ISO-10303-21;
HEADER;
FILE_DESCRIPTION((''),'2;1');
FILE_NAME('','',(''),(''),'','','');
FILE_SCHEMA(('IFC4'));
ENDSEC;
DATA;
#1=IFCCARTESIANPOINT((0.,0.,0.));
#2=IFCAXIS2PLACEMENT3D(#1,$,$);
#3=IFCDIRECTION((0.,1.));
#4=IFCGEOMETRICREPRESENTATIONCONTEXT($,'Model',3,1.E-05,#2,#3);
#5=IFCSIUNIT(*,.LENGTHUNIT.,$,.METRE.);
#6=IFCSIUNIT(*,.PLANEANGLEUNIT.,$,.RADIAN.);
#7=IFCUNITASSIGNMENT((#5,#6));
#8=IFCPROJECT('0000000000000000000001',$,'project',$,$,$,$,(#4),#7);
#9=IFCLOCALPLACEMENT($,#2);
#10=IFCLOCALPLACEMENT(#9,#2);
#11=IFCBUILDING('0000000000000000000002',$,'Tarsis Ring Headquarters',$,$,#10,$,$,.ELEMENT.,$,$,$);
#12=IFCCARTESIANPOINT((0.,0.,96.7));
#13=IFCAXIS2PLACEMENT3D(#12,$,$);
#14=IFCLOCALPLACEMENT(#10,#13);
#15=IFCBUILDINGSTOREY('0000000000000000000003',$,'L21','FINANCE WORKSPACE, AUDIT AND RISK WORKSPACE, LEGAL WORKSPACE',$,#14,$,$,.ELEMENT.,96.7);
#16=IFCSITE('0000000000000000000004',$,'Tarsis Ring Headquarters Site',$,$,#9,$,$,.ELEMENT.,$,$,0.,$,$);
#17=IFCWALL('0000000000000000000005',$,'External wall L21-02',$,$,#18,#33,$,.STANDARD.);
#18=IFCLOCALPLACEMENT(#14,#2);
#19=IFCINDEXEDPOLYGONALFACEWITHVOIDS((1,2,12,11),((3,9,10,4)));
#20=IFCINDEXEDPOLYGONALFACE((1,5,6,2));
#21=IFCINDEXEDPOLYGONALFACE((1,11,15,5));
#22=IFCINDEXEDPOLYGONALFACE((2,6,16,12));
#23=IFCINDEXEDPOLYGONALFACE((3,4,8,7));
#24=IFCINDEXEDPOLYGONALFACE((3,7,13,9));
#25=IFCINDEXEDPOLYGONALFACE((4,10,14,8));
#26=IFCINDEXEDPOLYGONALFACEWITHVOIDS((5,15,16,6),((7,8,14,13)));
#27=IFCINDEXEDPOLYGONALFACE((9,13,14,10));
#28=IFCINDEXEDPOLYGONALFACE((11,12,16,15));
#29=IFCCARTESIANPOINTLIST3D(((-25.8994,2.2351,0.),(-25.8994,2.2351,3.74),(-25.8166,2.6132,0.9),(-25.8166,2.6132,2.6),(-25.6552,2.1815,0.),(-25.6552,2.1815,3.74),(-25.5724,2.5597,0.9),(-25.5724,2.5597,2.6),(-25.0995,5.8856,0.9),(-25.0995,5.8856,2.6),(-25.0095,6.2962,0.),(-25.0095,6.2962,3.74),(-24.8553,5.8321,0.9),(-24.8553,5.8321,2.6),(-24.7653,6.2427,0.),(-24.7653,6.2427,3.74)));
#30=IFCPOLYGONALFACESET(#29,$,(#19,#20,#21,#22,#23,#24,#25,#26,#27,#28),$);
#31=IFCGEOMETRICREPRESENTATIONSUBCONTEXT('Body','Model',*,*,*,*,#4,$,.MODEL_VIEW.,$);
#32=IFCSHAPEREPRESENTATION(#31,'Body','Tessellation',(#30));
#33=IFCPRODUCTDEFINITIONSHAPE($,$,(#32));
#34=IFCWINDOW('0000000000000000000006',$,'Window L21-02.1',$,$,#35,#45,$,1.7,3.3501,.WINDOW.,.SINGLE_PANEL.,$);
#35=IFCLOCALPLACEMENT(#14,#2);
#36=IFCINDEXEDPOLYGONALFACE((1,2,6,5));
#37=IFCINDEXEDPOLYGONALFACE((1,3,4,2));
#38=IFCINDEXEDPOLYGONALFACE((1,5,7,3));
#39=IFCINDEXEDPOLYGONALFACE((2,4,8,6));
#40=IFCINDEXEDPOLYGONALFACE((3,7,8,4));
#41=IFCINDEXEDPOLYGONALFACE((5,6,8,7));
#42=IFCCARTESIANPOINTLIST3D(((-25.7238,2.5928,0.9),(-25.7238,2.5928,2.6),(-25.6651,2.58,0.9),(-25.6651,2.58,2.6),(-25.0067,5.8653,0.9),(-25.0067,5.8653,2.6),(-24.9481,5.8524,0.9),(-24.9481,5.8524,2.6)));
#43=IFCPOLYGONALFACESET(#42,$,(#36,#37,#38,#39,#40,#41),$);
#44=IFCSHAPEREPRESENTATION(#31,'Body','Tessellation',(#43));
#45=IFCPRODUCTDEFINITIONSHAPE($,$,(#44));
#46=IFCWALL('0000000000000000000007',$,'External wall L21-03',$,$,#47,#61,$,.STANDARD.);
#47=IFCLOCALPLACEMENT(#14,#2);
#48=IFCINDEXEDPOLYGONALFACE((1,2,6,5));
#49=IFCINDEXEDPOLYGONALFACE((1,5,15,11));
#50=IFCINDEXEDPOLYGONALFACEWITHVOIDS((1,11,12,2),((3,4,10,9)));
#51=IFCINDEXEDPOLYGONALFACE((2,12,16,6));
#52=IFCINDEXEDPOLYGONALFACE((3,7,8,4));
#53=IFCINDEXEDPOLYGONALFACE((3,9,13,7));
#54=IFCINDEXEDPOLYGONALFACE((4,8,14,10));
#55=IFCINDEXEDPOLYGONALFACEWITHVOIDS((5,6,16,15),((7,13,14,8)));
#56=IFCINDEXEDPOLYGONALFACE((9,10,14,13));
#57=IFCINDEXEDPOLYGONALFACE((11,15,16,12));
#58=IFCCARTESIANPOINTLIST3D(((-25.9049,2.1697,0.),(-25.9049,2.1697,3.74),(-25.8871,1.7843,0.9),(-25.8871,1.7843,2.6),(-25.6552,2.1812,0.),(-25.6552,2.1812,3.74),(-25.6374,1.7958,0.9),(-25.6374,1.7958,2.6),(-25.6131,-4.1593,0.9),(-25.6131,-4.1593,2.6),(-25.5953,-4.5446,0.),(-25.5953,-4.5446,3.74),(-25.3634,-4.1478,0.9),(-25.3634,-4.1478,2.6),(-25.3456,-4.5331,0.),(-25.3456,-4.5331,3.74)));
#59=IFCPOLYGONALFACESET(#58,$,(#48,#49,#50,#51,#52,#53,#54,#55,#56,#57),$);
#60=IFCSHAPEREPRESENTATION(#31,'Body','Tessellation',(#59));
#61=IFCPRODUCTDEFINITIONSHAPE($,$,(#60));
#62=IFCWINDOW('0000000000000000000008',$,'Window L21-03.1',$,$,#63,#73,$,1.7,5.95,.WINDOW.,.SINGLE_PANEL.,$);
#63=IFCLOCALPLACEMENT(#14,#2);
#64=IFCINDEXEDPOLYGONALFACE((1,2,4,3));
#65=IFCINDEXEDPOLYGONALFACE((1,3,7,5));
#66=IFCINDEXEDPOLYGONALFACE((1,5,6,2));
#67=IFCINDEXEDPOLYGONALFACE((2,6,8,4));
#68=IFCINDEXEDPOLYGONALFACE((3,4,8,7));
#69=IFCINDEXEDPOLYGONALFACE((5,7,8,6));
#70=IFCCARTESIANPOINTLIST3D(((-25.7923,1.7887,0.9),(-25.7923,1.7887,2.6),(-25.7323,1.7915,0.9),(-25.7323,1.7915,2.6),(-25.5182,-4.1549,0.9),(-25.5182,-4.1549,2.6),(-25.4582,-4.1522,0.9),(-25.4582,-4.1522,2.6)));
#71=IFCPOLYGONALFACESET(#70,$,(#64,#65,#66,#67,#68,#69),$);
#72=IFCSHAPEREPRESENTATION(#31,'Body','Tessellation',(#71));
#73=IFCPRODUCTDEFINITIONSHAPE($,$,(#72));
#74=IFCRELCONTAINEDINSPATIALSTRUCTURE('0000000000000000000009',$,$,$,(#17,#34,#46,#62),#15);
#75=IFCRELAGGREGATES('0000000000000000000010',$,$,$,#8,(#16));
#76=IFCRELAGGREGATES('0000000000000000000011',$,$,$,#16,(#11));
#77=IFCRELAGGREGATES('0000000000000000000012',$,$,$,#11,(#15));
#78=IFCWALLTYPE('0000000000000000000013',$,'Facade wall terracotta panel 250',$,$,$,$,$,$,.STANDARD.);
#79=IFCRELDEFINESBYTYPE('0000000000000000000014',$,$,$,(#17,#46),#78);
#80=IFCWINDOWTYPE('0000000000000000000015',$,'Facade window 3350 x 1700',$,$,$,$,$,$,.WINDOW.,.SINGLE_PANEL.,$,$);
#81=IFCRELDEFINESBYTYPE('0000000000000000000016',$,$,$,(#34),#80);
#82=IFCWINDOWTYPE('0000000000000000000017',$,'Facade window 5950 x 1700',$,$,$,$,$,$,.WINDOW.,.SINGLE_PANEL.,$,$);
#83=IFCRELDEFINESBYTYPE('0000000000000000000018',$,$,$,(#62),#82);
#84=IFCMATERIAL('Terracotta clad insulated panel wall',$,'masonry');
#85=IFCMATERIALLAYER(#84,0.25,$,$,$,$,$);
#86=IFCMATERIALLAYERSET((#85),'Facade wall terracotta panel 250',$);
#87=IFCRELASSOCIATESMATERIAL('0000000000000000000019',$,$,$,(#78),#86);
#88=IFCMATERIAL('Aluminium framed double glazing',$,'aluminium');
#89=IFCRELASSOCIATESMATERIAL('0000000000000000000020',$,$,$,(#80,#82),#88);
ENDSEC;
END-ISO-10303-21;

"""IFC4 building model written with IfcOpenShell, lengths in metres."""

from ifc_helpers import new_model, si_unit, direction, frame, frame_2d, origin, place, context, subcontext, project, spatial, rectangle, extrude, material, layer, layer_set, type_object, element, fill, save


model = new_model("IFC4")

# Units and contexts
model_context = context("Model", 3, precision=1e-05, world=origin(), true_north=direction((0.0, 1.0)))
body_context = subcontext(model_context, "Body", "Model", "MODEL_VIEW")
ifc_project = project(units=[si_unit("LENGTHUNIT", "METRE"), si_unit("PLANEANGLEUNIT", "RADIAN")], contexts=[model_context])

# Site, building, storey
site_placement = place(None, origin())
site = spatial("IfcSite", under=ifc_project, at=site_placement, Name="Tarsis Ring Headquarters Site", CompositionType="ELEMENT", RefElevation=0.0)
building_placement = place(site_placement, origin())
building = spatial("IfcBuilding", under=site, at=building_placement, Name="Tarsis Ring Headquarters", CompositionType="ELEMENT")
storey_placement = place(building_placement, frame((0.0, 0.0, 96.7)))
storey = spatial("IfcBuildingStorey", under=building, at=storey_placement, Name="L21", Description="FINANCE WORKSPACE, AUDIT AND RISK WORKSPACE, LEGAL WORKSPACE", CompositionType="ELEMENT", Elevation=96.7)

# Walls, openings, windows
ifc_material_1 = material(Name="Terracotta clad insulated panel wall", Category="masonry")
ifc_layer_1 = layer(ifc_material_1, 0.25)
ifc_layer_set_1 = layer_set([ifc_layer_1], Name="Facade wall terracotta panel 250")
wall_type_1 = type_object("IfcWallType", Name="Facade wall terracotta panel 250", PredefinedType="STANDARD", material=ifc_layer_set_1)
wall_1_placement = place(storey_placement, frame((-24.8875, 6.2693, 0.0), z_axis=(0.0, 0.0, 1.0), x_axis=(-0.214051, -0.976823, 0.0)))
wall_1 = element("IfcWall", 1, at=wall_1_placement, inside=storey, type_object=wall_type_1, Name="External wall L21-02", PredefinedType="STANDARD", context=body_context, shape_type="SweptSolid", body=[
    extrude(rectangle(XDim=4.1575, YDim=0.25, at=frame_2d((2.0786, 0.0))), origin(), (0.0, 0.0, 1.0), 3.74),
])
opening_1_placement = place(wall_1_placement, frame((0.4202, 0.0, 0.8999)))
opening_1 = element("IfcOpeningElement", 2, at=opening_1_placement, cuts=wall_1, PredefinedType="OPENING", context=body_context, shape_type="SweptSolid", body=[
    extrude(rectangle(XDim=3.3501, YDim=1.7, at=frame_2d((1.675, 0.8501))), frame((0.0, 0.135, 0.0), z_axis=(0.0, -1.0, 0.0), x_axis=(1.0, 0.0, 0.0)), (0.0, 0.0, 1.0), 0.27),
])
ifc_material_2 = material(Name="Aluminium framed double glazing", Category="aluminium")
window_type_1 = type_object("IfcWindowType", Name="Facade window 3350 x 1700", PartitioningType="SINGLE_PANEL", PredefinedType="WINDOW", material=ifc_material_2)
window_1_placement = place(opening_1_placement, origin())
window_1 = element("IfcWindow", 3, at=window_1_placement, inside=storey, type_object=window_type_1, Name="Window L21-02.1", OverallHeight=1.7, OverallWidth=3.3501, PartitioningType="SINGLE_PANEL", PredefinedType="WINDOW", context=body_context, shape_type="SweptSolid", body=[
    extrude(rectangle(XDim=3.3501, YDim=1.7, at=frame_2d((1.675, 0.8501))), frame((0.0, 0.03, 0.0), z_axis=(0.0, -1.0, 0.0), x_axis=(1.0, 0.0, 0.0)), (0.0, 0.0, 1.0), 0.0601),
])
fill(opening_1, window_1)
wall_2_placement = place(storey_placement, frame((-25.78, 2.1755, 0.0), z_axis=(0.0, 0.0, 1.0), x_axis=(0.046057, -0.998939, 0.0)))
wall_2 = element("IfcWall", 4, at=wall_2_placement, inside=storey, type_object=wall_type_1, Name="External wall L21-03", PredefinedType="STANDARD", context=body_context, shape_type="SweptSolid", body=[
    extrude(rectangle(XDim=6.7214, YDim=0.25, at=frame_2d((3.3608, 0.0))), origin(), (0.0, 0.0, 1.0), 3.74),
])
opening_2_placement = place(wall_2_placement, frame((0.3857, 0.0, 0.8999)))
opening_2 = element("IfcOpeningElement", 5, at=opening_2_placement, cuts=wall_2, PredefinedType="OPENING", context=body_context, shape_type="SweptSolid", body=[
    extrude(rectangle(XDim=5.95, YDim=1.7, at=frame_2d((2.9751, 0.8501))), frame((0.0, 0.135, 0.0), z_axis=(0.0, -1.0, 0.0), x_axis=(1.0, 0.0, 0.0)), (0.0, 0.0, 1.0), 0.27),
])
window_type_2 = type_object("IfcWindowType", Name="Facade window 5950 x 1700", PartitioningType="SINGLE_PANEL", PredefinedType="WINDOW", material=ifc_material_2)
window_2_placement = place(opening_2_placement, origin())
window_2 = element("IfcWindow", 6, at=window_2_placement, inside=storey, type_object=window_type_2, Name="Window L21-03.1", OverallHeight=1.7, OverallWidth=5.95, PartitioningType="SINGLE_PANEL", PredefinedType="WINDOW", context=body_context, shape_type="SweptSolid", body=[
    extrude(rectangle(XDim=5.95, YDim=1.7, at=frame_2d((2.9751, 0.8501))), frame((0.0, 0.03, 0.0), z_axis=(0.0, -1.0, 0.0), x_axis=(1.0, 0.0, 0.0)), (0.0, 0.0, 1.0), 0.0601),
])
fill(opening_2, window_2)

save(model, "model.ifc")
